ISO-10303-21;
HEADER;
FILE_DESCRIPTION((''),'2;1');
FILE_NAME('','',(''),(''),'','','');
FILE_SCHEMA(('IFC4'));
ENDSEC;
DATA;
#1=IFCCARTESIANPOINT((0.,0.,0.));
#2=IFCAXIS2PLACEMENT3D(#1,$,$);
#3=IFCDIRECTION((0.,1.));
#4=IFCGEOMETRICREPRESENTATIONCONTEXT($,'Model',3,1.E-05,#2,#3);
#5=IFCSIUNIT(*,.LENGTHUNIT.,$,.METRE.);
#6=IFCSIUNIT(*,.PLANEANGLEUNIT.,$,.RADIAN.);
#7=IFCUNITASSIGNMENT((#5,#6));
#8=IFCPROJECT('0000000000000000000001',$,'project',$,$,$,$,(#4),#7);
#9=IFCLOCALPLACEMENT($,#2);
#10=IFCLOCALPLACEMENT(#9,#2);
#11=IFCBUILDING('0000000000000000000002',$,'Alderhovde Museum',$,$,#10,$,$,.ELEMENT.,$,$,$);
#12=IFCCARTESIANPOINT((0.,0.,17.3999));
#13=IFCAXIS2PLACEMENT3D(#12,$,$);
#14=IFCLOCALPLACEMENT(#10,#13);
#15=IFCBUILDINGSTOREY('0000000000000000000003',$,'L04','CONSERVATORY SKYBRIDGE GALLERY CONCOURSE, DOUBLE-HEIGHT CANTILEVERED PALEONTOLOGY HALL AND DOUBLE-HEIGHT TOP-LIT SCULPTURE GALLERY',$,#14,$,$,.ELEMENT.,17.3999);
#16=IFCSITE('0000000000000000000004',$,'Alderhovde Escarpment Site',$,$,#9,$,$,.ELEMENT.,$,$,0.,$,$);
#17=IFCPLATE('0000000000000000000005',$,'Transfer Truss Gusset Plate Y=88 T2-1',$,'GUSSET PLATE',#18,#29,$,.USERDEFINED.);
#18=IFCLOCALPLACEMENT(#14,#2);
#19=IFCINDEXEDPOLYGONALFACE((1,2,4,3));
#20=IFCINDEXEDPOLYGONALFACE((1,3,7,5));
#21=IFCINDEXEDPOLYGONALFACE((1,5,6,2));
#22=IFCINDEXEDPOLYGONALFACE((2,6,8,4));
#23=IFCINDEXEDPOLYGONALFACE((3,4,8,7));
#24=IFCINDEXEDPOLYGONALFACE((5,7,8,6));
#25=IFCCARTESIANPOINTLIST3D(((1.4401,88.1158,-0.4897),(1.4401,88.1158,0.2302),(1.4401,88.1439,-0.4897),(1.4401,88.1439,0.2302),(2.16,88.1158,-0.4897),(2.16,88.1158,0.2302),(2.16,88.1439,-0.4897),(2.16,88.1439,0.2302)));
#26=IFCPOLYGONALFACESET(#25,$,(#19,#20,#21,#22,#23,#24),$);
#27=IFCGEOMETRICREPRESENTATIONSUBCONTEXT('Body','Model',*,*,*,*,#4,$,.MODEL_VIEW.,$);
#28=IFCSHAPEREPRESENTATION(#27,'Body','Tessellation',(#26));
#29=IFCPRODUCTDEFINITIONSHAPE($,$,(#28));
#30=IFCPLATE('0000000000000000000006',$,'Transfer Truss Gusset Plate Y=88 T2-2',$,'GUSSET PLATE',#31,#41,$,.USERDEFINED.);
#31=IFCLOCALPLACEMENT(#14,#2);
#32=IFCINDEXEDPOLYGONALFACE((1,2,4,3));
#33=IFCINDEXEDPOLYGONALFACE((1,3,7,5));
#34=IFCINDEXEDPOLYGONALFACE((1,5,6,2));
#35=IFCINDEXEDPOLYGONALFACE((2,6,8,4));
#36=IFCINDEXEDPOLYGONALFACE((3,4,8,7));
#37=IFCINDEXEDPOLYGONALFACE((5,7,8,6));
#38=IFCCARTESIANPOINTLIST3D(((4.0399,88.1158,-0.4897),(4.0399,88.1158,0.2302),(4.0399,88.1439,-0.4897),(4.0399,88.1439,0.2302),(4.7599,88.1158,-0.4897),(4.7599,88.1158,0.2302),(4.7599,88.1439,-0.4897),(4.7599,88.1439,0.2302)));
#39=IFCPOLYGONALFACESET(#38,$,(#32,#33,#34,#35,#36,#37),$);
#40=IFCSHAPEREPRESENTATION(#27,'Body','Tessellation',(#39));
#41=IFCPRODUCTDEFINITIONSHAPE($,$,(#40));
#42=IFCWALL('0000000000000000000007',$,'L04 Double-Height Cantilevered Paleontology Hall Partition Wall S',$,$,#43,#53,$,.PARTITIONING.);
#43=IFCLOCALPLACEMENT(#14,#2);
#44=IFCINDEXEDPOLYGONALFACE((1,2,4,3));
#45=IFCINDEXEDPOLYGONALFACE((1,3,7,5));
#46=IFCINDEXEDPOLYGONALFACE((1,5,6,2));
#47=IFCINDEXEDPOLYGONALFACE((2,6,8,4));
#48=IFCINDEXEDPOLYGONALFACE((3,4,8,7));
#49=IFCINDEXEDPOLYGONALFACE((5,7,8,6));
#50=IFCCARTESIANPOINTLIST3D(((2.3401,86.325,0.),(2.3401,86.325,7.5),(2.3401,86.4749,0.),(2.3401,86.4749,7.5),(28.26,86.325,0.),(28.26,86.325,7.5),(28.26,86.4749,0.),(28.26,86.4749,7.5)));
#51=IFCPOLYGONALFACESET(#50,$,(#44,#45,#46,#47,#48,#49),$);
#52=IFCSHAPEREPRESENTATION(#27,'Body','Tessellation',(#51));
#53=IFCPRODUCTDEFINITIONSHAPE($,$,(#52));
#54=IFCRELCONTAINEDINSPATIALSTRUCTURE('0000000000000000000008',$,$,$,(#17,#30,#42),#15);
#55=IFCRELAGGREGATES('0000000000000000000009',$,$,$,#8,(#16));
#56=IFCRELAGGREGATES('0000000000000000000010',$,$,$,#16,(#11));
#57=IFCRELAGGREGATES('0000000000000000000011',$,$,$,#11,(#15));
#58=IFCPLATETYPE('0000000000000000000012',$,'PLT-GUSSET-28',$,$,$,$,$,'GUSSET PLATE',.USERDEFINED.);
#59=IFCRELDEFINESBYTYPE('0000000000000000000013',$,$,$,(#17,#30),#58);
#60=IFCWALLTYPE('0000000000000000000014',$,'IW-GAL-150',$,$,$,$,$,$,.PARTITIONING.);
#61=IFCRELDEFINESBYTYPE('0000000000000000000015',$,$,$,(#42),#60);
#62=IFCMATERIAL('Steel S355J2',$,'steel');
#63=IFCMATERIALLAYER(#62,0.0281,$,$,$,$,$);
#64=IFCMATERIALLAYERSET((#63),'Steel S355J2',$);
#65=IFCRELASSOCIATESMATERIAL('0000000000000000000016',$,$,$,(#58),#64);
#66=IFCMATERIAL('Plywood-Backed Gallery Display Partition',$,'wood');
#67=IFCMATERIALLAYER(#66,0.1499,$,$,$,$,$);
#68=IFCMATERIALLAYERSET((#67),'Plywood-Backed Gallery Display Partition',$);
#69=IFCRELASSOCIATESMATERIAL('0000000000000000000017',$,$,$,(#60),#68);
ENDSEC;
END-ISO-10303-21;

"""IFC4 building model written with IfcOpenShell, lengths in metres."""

from ifc_helpers import new_model, si_unit, direction, frame, frame_2d, origin, origin_2d, place, context, subcontext, project, spatial, rectangle, extrude, material, layer, layer_set, type_object, element, save


model = new_model("IFC4")

# Units and contexts
model_context = context("Model", 3, precision=1e-05, world=origin(), true_north=direction((0.0, 1.0)))
body_context = subcontext(model_context, "Body", "Model", "MODEL_VIEW")
ifc_project = project(units=[si_unit("LENGTHUNIT", "METRE"), si_unit("PLANEANGLEUNIT", "RADIAN")], contexts=[model_context])

# Site, building, storey
site_placement = place(None, origin())
site = spatial("IfcSite", under=ifc_project, at=site_placement, Name="Alderhovde Escarpment Site", CompositionType="ELEMENT", RefElevation=0.0)
building_placement = place(site_placement, origin())
building = spatial("IfcBuilding", under=site, at=building_placement, Name="Alderhovde Museum", CompositionType="ELEMENT")
storey_placement = place(building_placement, frame((0.0, 0.0, 17.3999)))
storey = spatial("IfcBuildingStorey", under=building, at=storey_placement, Name="L04", Description="CONSERVATORY SKYBRIDGE GALLERY CONCOURSE, DOUBLE-HEIGHT CANTILEVERED PALEONTOLOGY HALL AND DOUBLE-HEIGHT TOP-LIT SCULPTURE GALLERY", CompositionType="ELEMENT", Elevation=17.3999)

# Plates
ifc_material_1 = material(Name="Steel S355J2", Category="steel")
ifc_layer_1 = layer(ifc_material_1, 0.0281)
ifc_layer_set_1 = layer_set([ifc_layer_1], Name="Steel S355J2")
plate_type_1 = type_object("IfcPlateType", Name="PLT-GUSSET-28", ElementType="GUSSET PLATE", PredefinedType="USERDEFINED", material=ifc_layer_set_1)
for number, where, z_axis, x_axis, name in (
    (1, (1.8, 88.1299, -0.4897), (0.0, 0.0, 1.0), (1.0, 0.0, 0.0), "Transfer Truss Gusset Plate Y=88 T2-1"),
    (2, (4.3999, 88.1299, -0.4897), (0.0, 0.0, 1.0), (1.0, 0.0, 0.0), "Transfer Truss Gusset Plate Y=88 T2-2"),
):
    element("IfcPlate", number, at=place(storey_placement, frame(where, z_axis=z_axis, x_axis=x_axis)), inside=storey, type_object=plate_type_1, Name=name, ObjectType="GUSSET PLATE", PredefinedType="USERDEFINED", context=body_context, shape_type="SweptSolid", body=[
        extrude(rectangle(XDim=0.72, YDim=0.0281, at=origin_2d()), origin(), (0.0, 0.0, 1.0), 0.72),
    ])

# Wall
ifc_material_2 = material(Name="Plywood-Backed Gallery Display Partition", Category="wood")
ifc_layer_2 = layer(ifc_material_2, 0.1499)
ifc_layer_set_2 = layer_set([ifc_layer_2], Name="Plywood-Backed Gallery Display Partition")
wall_type = type_object("IfcWallType", Name="IW-GAL-150", PredefinedType="PARTITIONING", material=ifc_layer_set_2)
wall_placement = place(storey_placement, frame((2.3401, 86.3999, 0.0), z_axis=(0.0, 0.0, 1.0), x_axis=(1.0, 0.0, 0.0)))
element("IfcWall", 3, at=wall_placement, inside=storey, type_object=wall_type, Name="L04 Double-Height Cantilevered Paleontology Hall Partition Wall S", PredefinedType="PARTITIONING", context=body_context, shape_type="SweptSolid", body=[
    extrude(rectangle(XDim=25.9199, YDim=0.1499, at=frame_2d((12.96, 0.0))), origin(), (0.0, 0.0, 1.0), 7.5),
])

save(model, "model.ifc")
